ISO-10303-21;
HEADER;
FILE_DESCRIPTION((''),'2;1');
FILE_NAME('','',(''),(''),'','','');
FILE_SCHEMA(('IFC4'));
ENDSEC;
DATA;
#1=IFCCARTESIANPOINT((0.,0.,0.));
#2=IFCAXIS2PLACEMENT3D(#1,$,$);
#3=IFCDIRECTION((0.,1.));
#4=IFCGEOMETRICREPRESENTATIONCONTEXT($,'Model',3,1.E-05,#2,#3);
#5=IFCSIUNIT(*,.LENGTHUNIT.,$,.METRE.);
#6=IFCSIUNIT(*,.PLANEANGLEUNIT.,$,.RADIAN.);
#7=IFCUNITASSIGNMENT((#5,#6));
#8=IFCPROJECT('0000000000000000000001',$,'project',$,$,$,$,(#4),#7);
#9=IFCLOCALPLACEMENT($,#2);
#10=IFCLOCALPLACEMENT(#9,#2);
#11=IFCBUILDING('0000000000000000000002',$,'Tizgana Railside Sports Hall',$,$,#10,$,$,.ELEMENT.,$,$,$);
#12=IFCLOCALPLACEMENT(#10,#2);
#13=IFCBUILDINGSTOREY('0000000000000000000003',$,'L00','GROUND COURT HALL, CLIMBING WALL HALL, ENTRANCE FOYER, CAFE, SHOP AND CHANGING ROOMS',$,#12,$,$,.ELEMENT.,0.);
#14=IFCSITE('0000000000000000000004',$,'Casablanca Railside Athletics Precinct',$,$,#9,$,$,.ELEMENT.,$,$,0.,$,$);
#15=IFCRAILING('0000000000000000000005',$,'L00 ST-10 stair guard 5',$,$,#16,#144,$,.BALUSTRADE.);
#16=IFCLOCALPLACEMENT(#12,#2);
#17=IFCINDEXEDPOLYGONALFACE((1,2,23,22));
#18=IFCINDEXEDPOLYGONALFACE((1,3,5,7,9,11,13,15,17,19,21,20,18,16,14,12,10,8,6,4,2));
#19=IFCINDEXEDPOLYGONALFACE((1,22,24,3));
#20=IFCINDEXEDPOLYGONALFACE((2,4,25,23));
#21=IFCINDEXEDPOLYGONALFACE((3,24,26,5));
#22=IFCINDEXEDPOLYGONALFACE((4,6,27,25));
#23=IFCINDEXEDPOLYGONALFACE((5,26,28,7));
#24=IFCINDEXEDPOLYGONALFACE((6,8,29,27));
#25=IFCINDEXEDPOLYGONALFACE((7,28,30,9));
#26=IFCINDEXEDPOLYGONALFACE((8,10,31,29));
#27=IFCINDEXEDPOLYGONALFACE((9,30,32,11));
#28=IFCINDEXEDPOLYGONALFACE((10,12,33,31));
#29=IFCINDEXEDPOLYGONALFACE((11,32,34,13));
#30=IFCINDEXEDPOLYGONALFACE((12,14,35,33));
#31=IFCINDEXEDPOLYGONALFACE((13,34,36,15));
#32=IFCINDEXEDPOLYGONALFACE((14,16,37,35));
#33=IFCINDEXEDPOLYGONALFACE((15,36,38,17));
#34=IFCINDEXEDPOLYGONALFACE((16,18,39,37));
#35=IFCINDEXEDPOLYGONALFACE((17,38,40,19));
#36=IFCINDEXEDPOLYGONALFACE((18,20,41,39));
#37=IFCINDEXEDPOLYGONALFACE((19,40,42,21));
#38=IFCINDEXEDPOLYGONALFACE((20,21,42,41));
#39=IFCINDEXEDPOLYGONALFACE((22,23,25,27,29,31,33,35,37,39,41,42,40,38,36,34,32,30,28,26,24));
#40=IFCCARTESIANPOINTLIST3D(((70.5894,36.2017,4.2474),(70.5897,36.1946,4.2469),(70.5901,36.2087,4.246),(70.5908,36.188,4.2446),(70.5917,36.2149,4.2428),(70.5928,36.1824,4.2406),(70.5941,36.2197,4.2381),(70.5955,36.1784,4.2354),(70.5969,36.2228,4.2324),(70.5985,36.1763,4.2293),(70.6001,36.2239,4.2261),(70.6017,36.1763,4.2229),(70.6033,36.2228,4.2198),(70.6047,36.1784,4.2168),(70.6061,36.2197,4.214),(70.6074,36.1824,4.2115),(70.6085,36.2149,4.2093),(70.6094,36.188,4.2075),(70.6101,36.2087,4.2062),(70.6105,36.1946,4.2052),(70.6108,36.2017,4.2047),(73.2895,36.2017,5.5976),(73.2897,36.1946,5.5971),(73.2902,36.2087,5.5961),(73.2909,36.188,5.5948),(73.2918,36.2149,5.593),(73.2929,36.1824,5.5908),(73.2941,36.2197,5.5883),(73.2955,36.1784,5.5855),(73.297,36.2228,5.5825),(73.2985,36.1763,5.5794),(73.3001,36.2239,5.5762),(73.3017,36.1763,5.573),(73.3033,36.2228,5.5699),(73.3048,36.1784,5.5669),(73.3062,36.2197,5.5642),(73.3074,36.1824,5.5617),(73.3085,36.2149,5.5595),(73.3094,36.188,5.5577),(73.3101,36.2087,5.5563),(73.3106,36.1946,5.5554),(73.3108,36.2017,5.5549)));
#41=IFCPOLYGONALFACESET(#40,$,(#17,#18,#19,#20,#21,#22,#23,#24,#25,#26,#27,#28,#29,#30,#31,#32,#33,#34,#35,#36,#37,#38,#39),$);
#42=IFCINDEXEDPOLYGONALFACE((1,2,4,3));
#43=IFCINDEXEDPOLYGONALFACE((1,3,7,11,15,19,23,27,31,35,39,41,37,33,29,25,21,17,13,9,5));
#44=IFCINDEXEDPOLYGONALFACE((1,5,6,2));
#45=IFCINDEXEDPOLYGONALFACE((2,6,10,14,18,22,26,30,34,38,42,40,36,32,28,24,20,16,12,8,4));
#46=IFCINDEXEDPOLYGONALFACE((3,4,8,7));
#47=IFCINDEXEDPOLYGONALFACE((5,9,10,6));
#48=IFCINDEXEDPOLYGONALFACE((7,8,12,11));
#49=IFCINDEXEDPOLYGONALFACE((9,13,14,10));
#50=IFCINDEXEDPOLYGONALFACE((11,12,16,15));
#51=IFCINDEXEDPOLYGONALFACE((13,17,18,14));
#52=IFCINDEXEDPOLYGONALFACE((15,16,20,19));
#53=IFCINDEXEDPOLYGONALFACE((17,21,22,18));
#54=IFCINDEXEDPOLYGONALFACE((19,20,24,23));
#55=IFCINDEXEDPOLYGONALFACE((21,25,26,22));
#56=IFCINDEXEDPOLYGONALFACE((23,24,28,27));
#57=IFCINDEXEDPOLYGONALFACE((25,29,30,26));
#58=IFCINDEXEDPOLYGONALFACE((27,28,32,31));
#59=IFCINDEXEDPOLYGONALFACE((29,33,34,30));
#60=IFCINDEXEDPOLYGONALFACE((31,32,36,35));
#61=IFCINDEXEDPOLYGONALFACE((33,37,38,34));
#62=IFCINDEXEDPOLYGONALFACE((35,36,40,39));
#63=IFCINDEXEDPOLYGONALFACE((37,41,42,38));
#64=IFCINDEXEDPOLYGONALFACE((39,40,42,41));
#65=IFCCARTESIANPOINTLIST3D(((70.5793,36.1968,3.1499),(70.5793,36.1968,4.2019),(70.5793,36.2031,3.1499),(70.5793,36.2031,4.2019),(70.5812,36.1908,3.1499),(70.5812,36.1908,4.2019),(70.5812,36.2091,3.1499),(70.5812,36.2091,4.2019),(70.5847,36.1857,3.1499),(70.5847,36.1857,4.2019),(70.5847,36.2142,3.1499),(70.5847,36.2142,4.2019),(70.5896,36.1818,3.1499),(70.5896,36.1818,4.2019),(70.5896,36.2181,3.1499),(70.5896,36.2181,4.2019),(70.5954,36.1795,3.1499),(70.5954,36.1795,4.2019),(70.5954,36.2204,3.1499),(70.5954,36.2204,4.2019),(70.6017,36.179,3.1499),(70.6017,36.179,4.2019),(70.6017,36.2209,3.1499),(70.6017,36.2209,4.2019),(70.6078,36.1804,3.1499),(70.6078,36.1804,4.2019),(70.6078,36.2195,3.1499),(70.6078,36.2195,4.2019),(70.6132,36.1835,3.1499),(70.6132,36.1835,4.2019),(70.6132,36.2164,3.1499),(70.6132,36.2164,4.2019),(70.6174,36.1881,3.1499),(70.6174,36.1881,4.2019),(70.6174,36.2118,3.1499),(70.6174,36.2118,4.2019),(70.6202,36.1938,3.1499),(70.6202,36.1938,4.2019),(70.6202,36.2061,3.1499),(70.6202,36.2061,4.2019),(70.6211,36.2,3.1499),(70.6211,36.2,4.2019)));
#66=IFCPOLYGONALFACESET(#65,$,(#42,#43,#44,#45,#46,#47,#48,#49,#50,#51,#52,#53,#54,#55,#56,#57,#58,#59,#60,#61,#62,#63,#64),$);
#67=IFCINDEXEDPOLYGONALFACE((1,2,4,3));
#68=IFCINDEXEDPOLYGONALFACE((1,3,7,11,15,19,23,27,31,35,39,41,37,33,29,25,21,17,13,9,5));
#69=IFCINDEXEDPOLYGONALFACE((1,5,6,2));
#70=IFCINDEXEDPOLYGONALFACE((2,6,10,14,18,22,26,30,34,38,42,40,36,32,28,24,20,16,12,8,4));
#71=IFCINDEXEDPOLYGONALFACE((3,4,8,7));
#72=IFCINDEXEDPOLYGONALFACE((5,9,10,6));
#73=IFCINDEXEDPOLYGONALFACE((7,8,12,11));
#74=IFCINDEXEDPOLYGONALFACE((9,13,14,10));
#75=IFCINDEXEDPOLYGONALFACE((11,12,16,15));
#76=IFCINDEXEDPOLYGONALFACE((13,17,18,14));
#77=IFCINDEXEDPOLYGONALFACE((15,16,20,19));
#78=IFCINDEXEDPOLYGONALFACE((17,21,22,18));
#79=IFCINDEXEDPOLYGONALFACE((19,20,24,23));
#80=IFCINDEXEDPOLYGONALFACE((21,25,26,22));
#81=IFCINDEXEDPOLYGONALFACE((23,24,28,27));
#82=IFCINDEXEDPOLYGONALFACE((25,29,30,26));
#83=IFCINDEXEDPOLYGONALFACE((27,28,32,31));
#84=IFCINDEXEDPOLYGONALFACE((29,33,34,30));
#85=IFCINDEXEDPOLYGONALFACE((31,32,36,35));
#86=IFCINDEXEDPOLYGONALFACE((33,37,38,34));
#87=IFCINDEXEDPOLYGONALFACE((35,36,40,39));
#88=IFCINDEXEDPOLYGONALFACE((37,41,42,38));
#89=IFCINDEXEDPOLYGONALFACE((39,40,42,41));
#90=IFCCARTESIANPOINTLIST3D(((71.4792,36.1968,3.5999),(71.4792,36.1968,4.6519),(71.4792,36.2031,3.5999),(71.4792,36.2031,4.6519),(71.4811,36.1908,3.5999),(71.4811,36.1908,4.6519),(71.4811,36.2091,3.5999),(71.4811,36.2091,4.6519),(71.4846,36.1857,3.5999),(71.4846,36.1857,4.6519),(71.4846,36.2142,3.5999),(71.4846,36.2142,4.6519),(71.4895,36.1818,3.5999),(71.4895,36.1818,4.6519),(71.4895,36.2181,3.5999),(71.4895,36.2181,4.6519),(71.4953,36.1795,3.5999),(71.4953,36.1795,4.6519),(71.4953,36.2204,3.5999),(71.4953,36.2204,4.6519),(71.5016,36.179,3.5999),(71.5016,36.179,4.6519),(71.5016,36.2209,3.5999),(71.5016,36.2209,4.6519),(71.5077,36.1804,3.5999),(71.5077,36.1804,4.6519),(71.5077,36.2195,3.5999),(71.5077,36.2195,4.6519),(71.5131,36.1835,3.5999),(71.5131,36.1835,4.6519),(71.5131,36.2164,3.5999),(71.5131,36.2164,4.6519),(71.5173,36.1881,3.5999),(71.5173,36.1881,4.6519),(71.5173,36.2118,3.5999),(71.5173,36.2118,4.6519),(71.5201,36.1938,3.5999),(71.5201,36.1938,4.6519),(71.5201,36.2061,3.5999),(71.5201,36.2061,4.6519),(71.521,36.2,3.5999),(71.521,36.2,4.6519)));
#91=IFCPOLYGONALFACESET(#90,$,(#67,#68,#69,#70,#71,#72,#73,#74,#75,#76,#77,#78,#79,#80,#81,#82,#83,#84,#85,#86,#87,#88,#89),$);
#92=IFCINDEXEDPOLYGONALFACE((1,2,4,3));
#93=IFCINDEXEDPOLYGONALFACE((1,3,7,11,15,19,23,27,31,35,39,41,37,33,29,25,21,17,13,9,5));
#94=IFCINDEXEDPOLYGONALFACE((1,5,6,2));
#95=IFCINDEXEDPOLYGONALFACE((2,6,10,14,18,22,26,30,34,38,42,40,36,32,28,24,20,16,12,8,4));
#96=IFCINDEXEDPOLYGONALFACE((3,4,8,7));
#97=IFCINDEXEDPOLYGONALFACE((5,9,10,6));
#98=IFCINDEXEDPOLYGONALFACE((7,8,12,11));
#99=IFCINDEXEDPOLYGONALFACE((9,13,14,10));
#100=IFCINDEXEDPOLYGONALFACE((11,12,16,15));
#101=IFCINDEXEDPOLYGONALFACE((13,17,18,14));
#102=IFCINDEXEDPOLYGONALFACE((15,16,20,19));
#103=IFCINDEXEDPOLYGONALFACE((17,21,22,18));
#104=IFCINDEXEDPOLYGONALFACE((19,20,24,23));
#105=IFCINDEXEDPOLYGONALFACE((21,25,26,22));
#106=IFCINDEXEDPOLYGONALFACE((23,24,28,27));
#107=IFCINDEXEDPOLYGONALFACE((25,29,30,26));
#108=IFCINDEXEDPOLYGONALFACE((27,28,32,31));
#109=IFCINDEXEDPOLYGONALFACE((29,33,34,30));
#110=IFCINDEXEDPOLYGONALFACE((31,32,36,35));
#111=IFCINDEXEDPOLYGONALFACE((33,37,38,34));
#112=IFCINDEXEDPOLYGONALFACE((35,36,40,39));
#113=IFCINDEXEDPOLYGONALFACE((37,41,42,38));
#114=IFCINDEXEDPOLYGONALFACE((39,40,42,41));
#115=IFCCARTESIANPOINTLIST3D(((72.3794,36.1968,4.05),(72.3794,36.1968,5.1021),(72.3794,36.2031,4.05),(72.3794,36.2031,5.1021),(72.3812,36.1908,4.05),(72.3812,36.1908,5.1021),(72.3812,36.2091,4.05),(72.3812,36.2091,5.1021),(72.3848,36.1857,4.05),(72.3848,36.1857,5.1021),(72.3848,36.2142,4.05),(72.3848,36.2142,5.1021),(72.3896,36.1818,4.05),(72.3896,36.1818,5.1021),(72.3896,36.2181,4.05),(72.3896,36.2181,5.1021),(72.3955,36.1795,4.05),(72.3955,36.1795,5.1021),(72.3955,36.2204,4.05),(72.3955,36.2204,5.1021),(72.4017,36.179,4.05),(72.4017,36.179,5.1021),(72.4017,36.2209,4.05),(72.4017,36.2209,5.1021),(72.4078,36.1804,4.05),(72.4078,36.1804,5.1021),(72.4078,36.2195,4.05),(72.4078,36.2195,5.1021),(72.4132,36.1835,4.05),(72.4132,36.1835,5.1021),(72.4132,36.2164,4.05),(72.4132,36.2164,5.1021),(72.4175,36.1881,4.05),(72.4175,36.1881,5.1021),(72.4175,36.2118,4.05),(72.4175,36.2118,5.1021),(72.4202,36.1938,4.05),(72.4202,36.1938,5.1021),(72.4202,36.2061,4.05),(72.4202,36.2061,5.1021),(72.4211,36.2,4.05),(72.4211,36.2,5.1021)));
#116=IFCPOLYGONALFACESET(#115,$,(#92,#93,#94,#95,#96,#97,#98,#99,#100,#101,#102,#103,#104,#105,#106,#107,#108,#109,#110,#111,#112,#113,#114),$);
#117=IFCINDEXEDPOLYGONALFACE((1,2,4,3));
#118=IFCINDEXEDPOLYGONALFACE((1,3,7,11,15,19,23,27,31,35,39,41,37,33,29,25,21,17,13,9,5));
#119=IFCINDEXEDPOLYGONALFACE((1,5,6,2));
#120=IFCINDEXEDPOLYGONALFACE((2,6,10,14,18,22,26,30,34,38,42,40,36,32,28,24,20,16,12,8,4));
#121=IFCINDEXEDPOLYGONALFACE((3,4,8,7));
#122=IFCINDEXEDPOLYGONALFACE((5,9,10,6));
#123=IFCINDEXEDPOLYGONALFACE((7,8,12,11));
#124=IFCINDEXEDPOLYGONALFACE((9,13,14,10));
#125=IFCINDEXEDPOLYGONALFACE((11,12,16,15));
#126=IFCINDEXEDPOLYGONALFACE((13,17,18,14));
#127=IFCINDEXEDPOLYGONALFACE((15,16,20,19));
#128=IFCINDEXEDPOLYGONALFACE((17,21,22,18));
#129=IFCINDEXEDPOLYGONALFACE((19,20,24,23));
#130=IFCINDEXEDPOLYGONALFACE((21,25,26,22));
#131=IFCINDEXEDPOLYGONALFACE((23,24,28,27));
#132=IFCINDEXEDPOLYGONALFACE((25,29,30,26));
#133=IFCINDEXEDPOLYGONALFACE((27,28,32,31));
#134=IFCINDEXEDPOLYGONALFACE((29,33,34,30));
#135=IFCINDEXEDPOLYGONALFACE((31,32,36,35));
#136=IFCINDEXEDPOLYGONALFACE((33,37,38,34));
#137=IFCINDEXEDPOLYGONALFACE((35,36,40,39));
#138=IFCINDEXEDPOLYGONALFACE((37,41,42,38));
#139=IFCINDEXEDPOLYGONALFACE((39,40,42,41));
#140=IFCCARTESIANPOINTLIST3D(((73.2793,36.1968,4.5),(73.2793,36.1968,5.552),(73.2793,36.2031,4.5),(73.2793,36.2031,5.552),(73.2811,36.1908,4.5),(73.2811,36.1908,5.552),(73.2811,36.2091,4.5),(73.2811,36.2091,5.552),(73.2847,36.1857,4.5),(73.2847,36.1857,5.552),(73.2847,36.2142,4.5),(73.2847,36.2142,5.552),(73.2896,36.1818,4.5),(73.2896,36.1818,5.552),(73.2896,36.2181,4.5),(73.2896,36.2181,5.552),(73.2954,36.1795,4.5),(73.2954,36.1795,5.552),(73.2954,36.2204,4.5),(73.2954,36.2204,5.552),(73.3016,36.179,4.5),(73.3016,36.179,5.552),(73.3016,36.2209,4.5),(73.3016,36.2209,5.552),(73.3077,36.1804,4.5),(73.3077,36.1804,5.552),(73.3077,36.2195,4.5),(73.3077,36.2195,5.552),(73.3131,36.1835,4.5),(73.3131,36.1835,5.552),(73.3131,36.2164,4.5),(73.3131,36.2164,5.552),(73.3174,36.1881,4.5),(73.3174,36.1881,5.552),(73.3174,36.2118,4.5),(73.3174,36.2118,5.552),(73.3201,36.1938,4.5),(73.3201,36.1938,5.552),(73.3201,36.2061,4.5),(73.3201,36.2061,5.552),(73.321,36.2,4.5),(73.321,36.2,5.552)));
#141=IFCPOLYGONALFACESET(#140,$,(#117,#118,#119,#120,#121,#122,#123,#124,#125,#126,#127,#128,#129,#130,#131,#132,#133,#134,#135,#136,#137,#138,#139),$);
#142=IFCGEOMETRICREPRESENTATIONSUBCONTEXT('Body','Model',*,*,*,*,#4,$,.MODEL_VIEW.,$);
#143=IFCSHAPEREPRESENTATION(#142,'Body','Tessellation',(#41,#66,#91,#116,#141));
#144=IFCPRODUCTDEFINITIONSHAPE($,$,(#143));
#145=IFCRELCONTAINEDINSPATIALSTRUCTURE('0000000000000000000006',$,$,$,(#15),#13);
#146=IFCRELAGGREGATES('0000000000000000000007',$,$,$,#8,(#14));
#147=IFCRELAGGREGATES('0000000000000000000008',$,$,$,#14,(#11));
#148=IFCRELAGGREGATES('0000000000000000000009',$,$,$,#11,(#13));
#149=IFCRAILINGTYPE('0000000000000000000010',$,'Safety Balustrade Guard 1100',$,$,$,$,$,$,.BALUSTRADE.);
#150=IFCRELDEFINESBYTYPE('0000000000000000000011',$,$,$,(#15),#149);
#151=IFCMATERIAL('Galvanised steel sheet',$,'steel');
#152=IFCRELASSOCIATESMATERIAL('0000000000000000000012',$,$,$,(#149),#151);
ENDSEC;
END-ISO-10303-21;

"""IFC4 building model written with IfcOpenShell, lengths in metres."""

from ifc_helpers import new_model, si_unit, direction, frame, origin, origin_2d, place, context, subcontext, project, spatial, circle, extrude, material, type_object, element, save


model = new_model("IFC4")

# Units and contexts
model_context = context("Model", 3, precision=1e-05, world=origin(), true_north=direction((0.0, 1.0)))
body_context = subcontext(model_context, "Body", "Model", "MODEL_VIEW")
ifc_project = project(units=[si_unit("LENGTHUNIT", "METRE"), si_unit("PLANEANGLEUNIT", "RADIAN")], contexts=[model_context])

# Site, building, storey
site_placement = place(None, origin())
site = spatial("IfcSite", under=ifc_project, at=site_placement, Name="Casablanca Railside Athletics Precinct", CompositionType="ELEMENT", RefElevation=0.0)
building_placement = place(site_placement, origin())
building = spatial("IfcBuilding", under=site, at=building_placement, Name="Tizgana Railside Sports Hall", CompositionType="ELEMENT")
storey_placement = place(building_placement, origin())
storey = spatial("IfcBuildingStorey", under=building, at=storey_placement, Name="L00", Description="GROUND COURT HALL, CLIMBING WALL HALL, ENTRANCE FOYER, CAFE, SHOP AND CHANGING ROOMS", CompositionType="ELEMENT", Elevation=0.0)

# Railing
ifc_material_1 = material(Name="Galvanised steel sheet", Category="steel")
railing_type_1 = type_object("IfcRailingType", Name="Safety Balustrade Guard 1100", PredefinedType="BALUSTRADE", material=ifc_material_1)
railing_1_placement = place(storey_placement, frame((70.6001, 36.2, 3.1499)))
element("IfcRailing", 1, at=railing_1_placement, inside=storey, type_object=railing_type_1, Name="L00 ST-10 stair guard 5", PredefinedType="BALUSTRADE", context=body_context, shape_type="SweptSolid", body=[
    extrude(circle(Radius=0.0239, at=origin_2d()), frame((0.0, 0.0, 1.0762), z_axis=(0.894411, 0.0, 0.447246), x_axis=(0.0, 1.0, 0.0)), (0.0, 0.0, 1.0), 3.0188),
    extrude(circle(Radius=0.021, at=origin_2d()), origin(), (0.0, 0.0, 1.0), 1.052),
    extrude(circle(Radius=0.021, at=origin_2d()), frame((0.8999, 0.0, 0.45)), (0.0, 0.0, 1.0), 1.052),
    extrude(circle(Radius=0.021, at=origin_2d()), frame((1.8, 0.0, 0.9001)), (0.0, 0.0, 1.0), 1.052),
    extrude(circle(Radius=0.021, at=origin_2d()), frame((2.7, 0.0, 1.3501)), (0.0, 0.0, 1.0), 1.052),
])

save(model, "model.ifc")
